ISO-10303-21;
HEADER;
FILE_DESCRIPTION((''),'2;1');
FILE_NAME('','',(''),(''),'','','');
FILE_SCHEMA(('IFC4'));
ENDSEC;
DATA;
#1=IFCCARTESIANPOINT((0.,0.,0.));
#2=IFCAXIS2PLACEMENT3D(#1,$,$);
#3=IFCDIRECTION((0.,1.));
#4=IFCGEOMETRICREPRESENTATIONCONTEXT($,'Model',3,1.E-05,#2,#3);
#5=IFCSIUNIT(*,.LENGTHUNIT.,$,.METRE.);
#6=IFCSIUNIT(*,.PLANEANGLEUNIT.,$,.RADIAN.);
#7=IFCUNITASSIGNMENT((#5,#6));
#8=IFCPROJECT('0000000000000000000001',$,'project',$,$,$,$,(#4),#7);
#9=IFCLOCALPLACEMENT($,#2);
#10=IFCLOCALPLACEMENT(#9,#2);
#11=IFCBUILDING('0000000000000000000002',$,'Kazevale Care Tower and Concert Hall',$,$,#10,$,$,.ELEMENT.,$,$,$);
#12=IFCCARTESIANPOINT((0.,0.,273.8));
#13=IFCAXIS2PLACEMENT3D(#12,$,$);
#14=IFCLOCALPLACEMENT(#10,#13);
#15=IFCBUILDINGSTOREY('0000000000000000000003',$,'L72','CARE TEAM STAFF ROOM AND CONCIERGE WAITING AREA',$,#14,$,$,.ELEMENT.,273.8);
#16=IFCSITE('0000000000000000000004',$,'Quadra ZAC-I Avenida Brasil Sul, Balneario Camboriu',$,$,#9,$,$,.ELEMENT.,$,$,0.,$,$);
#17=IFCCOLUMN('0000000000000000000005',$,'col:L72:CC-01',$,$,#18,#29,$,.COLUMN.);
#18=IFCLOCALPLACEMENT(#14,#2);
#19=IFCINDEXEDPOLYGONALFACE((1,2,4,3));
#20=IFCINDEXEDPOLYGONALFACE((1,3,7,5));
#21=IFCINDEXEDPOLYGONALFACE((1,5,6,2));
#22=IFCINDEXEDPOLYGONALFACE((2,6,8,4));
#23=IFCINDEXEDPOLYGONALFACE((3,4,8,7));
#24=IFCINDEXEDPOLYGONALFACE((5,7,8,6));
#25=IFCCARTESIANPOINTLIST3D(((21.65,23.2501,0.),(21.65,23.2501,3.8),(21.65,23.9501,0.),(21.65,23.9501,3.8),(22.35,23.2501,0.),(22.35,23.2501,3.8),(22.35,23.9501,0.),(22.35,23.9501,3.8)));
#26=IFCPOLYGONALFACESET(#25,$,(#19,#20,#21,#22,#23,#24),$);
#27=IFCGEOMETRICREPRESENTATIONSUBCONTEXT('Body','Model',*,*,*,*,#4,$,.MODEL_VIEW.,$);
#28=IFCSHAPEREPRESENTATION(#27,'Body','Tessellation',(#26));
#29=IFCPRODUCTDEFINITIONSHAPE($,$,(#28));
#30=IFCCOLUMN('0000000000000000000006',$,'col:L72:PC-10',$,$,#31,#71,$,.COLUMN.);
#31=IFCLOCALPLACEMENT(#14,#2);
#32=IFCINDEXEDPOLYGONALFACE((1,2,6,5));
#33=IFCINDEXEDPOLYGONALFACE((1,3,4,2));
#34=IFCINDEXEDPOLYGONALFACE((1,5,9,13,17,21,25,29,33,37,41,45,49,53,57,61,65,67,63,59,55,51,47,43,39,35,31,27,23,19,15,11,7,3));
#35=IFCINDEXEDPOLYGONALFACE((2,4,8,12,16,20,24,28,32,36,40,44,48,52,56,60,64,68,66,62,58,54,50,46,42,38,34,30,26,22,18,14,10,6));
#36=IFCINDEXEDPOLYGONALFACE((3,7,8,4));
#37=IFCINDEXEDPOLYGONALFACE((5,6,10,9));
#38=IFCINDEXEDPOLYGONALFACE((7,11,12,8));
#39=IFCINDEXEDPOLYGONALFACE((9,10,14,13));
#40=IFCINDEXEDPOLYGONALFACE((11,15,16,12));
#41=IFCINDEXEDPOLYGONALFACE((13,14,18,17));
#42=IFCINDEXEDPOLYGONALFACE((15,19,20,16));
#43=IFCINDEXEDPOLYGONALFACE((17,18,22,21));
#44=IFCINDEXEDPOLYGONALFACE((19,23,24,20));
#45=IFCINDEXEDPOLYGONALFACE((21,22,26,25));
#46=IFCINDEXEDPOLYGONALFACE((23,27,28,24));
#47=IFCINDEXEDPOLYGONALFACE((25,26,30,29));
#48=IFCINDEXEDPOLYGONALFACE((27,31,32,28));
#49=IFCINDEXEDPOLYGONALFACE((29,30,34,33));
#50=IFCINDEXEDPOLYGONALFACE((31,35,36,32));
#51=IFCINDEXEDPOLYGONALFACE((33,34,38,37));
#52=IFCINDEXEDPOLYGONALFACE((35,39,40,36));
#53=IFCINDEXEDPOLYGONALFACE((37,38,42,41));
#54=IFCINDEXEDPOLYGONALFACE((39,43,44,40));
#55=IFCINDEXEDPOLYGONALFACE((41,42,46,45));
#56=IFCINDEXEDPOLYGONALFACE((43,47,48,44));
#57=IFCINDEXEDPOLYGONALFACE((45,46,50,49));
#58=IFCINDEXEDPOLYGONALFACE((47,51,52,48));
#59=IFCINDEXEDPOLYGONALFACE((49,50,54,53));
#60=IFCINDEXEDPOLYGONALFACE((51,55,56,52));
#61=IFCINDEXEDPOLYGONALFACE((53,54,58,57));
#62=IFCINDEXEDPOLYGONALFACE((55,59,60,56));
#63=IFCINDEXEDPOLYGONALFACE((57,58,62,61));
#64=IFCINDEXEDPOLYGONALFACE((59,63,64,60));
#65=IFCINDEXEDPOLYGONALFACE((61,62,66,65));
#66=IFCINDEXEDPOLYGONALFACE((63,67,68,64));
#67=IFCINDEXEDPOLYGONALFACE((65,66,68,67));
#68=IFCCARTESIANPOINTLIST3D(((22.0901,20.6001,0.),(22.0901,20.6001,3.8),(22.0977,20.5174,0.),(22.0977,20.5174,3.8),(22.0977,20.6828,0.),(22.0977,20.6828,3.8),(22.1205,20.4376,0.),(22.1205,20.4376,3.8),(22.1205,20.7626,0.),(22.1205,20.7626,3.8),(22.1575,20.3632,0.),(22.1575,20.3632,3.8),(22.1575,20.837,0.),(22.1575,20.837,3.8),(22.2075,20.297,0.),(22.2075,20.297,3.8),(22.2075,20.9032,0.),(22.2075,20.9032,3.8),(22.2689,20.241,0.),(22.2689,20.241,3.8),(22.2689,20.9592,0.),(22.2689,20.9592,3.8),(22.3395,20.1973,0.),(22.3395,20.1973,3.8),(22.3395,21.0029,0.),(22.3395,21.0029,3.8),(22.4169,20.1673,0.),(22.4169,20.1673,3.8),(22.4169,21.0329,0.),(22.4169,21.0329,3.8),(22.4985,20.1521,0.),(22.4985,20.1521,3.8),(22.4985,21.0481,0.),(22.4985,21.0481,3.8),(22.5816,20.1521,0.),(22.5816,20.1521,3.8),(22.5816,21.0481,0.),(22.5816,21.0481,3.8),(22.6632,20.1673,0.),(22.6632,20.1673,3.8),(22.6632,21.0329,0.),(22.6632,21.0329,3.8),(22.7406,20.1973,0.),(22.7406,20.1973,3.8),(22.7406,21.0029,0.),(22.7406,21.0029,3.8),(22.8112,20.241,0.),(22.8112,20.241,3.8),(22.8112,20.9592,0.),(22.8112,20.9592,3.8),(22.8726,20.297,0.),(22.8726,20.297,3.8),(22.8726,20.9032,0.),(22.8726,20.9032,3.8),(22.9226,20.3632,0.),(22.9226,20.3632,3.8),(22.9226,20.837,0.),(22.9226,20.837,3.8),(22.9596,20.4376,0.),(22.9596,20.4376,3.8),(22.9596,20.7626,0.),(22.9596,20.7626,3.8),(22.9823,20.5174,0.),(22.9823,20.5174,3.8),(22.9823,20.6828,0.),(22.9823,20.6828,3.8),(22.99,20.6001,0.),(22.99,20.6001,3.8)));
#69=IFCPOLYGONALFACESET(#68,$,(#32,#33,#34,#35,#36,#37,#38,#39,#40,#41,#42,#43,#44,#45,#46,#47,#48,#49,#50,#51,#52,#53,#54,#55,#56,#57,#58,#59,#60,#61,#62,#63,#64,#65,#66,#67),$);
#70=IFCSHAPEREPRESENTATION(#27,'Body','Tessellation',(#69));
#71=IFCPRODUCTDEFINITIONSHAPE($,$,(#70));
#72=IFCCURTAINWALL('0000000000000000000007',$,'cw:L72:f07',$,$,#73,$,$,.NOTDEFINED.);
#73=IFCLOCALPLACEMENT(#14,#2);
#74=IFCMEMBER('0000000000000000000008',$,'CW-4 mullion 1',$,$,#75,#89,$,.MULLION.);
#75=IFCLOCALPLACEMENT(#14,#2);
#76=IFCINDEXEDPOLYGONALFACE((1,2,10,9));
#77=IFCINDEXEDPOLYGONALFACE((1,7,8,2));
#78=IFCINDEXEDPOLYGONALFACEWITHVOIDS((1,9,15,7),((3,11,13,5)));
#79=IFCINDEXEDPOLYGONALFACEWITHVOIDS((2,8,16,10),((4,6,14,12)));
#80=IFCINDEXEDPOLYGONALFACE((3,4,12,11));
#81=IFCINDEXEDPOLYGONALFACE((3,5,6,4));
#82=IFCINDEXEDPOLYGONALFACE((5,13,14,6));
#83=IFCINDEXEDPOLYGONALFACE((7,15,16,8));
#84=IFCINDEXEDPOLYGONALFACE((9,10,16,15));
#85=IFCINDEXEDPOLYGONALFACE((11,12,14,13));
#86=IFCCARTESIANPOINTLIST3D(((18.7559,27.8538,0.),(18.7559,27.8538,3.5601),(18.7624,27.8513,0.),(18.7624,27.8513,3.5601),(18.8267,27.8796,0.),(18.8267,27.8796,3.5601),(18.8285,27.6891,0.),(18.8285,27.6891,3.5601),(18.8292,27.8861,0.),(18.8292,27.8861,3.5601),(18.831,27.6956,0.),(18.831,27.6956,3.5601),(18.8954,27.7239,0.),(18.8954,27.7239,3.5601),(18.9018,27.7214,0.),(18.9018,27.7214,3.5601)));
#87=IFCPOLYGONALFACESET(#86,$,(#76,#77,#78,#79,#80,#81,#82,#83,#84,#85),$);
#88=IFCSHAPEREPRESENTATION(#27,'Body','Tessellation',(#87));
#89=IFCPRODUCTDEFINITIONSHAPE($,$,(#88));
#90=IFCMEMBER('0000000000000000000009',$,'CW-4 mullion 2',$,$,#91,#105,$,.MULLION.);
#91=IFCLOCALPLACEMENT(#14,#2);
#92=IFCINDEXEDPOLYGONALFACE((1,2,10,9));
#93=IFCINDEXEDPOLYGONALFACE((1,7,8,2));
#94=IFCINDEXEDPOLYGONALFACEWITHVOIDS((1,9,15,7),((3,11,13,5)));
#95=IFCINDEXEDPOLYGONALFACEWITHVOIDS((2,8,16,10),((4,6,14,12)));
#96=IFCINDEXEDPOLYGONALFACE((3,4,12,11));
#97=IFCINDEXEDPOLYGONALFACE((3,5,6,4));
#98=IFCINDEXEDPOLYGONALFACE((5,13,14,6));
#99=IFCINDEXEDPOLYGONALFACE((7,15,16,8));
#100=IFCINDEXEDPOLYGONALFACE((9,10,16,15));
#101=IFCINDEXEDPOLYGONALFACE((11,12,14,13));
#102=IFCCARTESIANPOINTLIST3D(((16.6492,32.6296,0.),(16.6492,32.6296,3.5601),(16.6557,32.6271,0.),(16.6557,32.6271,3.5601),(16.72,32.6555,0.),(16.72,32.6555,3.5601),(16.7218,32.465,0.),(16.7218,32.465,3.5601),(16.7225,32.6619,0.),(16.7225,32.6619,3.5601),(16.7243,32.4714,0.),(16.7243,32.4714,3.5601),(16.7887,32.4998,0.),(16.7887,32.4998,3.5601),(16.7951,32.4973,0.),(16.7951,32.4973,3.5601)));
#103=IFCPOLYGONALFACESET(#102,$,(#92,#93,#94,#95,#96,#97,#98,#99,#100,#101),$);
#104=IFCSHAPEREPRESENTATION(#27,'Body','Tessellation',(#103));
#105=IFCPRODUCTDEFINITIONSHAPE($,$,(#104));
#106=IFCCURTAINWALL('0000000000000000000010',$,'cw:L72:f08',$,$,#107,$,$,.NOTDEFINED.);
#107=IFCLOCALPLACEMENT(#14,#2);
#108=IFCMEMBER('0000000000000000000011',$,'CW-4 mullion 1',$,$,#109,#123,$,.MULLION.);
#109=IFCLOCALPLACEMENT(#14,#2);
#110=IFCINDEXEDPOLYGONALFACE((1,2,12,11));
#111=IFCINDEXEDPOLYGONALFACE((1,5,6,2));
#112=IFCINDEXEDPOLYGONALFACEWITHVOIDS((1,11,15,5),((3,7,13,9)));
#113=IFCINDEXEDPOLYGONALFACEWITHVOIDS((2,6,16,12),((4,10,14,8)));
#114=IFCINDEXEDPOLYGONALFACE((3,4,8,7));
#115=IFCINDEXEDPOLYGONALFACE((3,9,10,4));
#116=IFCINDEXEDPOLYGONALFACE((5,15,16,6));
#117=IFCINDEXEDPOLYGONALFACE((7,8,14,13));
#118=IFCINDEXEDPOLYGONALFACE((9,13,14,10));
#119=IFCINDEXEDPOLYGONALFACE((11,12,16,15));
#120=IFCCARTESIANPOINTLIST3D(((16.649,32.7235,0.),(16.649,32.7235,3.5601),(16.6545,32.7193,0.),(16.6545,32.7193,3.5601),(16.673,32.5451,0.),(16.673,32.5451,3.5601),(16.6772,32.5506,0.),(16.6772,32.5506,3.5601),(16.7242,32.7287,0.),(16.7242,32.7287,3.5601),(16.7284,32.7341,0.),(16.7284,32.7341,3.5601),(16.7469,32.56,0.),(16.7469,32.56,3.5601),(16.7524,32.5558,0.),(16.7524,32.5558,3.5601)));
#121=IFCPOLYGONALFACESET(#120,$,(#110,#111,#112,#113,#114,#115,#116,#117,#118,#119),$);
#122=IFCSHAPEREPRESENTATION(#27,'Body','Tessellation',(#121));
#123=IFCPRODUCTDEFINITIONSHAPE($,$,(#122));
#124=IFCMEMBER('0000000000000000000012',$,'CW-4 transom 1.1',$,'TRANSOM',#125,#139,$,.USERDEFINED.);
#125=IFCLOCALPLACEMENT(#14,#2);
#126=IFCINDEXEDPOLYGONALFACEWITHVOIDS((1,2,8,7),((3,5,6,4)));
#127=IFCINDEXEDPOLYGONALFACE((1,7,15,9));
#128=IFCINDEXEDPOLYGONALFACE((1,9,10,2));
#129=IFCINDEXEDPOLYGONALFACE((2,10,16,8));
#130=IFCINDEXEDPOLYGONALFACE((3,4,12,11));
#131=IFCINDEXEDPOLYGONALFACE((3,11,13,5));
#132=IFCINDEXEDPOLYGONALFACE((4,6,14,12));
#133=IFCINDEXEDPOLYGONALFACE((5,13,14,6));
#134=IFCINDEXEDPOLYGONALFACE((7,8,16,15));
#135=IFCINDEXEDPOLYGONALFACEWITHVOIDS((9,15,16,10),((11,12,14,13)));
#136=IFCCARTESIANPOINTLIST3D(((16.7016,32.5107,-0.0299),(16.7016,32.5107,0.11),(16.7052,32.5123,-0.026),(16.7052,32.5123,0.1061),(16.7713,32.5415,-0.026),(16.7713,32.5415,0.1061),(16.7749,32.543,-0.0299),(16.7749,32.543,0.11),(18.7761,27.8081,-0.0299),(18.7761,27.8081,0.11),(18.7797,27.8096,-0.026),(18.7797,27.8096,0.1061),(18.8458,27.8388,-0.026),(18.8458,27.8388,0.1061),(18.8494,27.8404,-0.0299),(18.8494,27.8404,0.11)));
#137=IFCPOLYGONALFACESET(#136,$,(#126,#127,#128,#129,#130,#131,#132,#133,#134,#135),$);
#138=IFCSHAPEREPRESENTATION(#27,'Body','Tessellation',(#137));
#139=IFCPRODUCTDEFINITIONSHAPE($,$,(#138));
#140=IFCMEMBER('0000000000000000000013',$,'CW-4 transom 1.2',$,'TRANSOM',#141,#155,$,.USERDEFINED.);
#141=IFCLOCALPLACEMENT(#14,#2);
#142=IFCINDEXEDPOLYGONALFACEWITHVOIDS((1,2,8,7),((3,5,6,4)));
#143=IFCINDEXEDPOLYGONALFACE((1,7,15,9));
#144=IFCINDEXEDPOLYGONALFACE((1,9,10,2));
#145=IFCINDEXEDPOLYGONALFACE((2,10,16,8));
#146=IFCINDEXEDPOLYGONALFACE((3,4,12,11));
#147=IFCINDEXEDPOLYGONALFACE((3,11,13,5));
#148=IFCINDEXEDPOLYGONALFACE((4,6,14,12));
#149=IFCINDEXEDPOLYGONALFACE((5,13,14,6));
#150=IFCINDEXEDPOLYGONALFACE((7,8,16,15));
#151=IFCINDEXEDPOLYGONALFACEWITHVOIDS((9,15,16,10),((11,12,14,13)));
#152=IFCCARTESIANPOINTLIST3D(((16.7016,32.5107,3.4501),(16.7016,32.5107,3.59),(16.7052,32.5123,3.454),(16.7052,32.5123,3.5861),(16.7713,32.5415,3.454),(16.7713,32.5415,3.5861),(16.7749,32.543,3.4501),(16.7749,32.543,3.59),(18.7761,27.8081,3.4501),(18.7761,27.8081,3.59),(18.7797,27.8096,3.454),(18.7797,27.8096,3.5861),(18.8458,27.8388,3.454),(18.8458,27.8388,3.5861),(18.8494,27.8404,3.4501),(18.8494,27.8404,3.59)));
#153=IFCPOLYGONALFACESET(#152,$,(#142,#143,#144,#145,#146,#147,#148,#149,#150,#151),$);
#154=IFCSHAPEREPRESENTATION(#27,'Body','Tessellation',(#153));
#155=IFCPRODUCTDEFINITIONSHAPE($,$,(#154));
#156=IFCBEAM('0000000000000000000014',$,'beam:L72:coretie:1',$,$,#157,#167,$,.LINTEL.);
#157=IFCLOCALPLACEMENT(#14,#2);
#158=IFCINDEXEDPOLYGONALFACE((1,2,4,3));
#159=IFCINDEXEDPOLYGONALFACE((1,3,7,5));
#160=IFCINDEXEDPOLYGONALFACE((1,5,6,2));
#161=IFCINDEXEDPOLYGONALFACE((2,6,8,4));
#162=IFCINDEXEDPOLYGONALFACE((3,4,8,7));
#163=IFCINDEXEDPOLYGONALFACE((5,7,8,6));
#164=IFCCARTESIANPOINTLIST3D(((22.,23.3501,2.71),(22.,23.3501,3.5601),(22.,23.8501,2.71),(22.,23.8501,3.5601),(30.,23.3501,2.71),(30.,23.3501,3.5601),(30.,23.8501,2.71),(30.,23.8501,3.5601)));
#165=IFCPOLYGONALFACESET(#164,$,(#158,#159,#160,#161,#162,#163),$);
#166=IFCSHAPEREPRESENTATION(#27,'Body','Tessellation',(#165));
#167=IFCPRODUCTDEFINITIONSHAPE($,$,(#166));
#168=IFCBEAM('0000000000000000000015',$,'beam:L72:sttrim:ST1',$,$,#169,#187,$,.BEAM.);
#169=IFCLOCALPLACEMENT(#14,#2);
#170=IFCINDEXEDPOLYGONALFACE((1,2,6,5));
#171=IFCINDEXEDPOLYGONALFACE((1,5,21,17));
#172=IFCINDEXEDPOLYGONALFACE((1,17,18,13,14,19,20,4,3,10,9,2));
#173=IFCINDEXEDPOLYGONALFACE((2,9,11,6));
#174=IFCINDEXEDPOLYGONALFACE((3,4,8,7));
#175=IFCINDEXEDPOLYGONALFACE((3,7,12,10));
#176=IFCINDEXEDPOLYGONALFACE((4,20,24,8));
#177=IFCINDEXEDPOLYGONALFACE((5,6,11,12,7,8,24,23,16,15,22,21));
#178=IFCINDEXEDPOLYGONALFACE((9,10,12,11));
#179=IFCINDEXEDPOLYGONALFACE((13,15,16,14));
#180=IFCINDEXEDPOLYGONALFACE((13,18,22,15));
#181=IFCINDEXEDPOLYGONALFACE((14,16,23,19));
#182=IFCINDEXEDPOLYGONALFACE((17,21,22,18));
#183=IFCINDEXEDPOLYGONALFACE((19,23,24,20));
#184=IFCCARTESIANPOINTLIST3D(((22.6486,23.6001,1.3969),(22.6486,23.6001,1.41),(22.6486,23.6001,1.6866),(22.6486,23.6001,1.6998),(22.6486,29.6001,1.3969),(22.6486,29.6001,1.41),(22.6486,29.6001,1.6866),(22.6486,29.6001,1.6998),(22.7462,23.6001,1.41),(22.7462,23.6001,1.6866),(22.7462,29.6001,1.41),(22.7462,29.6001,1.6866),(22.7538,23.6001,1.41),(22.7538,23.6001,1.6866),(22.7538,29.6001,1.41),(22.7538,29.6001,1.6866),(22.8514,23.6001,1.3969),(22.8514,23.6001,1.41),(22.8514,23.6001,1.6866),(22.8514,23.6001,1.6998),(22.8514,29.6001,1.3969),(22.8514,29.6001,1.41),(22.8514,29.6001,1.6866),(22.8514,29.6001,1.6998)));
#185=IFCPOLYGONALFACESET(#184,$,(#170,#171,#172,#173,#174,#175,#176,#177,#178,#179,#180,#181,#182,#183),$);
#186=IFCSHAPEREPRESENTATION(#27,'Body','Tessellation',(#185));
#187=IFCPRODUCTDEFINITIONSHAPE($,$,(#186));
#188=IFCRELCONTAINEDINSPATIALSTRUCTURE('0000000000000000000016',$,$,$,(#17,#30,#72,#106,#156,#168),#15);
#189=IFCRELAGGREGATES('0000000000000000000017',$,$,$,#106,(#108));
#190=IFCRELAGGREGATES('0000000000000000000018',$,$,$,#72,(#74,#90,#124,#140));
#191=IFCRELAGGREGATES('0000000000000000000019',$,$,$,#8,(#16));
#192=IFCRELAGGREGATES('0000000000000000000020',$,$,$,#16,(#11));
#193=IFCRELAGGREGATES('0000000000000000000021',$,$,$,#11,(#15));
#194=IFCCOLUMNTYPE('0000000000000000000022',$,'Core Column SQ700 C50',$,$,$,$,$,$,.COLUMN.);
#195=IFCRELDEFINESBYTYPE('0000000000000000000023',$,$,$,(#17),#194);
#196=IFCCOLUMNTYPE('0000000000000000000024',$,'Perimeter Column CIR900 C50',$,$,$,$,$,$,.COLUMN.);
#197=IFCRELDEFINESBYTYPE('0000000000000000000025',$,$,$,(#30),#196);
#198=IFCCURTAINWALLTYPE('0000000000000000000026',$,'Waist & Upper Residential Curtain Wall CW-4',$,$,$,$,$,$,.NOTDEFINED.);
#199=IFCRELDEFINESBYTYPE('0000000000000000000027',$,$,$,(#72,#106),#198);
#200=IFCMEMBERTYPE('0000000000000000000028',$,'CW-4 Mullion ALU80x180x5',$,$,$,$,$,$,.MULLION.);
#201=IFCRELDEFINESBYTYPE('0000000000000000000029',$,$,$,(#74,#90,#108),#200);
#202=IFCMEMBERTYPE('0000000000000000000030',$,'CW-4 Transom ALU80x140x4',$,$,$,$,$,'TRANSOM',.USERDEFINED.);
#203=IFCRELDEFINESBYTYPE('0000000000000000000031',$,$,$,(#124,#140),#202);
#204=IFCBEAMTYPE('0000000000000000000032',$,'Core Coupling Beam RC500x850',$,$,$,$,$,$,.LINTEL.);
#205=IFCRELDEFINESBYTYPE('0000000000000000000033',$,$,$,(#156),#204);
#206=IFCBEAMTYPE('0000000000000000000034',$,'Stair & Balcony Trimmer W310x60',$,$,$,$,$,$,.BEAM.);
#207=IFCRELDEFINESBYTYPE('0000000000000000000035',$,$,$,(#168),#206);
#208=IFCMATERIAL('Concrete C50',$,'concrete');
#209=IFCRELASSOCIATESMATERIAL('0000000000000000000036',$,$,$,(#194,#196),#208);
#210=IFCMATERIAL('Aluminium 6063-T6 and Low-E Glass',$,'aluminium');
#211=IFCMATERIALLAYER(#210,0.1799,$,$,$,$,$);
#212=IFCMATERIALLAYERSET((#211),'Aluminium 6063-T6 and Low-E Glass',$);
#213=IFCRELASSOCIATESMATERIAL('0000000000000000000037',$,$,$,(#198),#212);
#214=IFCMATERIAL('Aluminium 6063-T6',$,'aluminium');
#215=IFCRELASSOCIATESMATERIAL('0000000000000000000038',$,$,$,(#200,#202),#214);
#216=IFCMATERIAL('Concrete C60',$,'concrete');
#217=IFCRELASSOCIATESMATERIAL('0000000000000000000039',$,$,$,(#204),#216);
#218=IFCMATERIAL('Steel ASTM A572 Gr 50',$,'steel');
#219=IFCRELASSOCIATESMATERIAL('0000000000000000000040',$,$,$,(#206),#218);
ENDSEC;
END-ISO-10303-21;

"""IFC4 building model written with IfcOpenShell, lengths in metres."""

from ifc_helpers import new_model, si_unit, direction, frame, origin, origin_2d, place, context, subcontext, project, spatial, rectangle, hollow_rectangle, circle, i_section, extrude, material, layer, layer_set, material_profile, profile_set, type_object, element, aggregate, save


model = new_model("IFC4")

# Units and contexts
model_context = context("Model", 3, precision=1e-05, world=origin(), true_north=direction((0.0, 1.0)))
body_context = subcontext(model_context, "Body", "Model", "MODEL_VIEW")
ifc_project = project(units=[si_unit("LENGTHUNIT", "METRE"), si_unit("PLANEANGLEUNIT", "RADIAN")], contexts=[model_context])

# Site, building, storey
site_placement = place(None, origin())
site = spatial("IfcSite", under=ifc_project, at=site_placement, Name="Quadra ZAC-I Avenida Brasil Sul, Balneario Camboriu", CompositionType="ELEMENT", RefElevation=0.0)
building_placement = place(site_placement, origin())
building = spatial("IfcBuilding", under=site, at=building_placement, Name="Kazevale Care Tower and Concert Hall", CompositionType="ELEMENT")
storey_placement = place(building_placement, frame((0.0, 0.0, 273.8)))
storey = spatial("IfcBuildingStorey", under=building, at=storey_placement, Name="L72", Description="CARE TEAM STAFF ROOM AND CONCIERGE WAITING AREA", CompositionType="ELEMENT", Elevation=273.8)

# Columns
ifc_material_1 = material(Name="Concrete C50", Category="concrete")
ifc_material_profile_1 = material_profile(ifc_material_1, rectangle(XDim=0.7, YDim=0.7, at=origin_2d()), Name="RC-SQ700")
ifc_profile_set_1 = profile_set([ifc_material_profile_1], Name="Concrete C50")
column_type_1 = type_object("IfcColumnType", Name="Core Column SQ700 C50", PredefinedType="COLUMN", material=ifc_profile_set_1)
column_1_placement = place(storey_placement, frame((22.0, 23.6001, 0.0), z_axis=(0.0, 0.0, 1.0), x_axis=(1.0, 0.0, 0.0)))
element("IfcColumn", 1, at=column_1_placement, inside=storey, type_object=column_type_1, Name="col:L72:CC-01", PredefinedType="COLUMN", context=body_context, shape_type="SweptSolid", body=[
    extrude(rectangle(XDim=0.7, YDim=0.7, at=origin_2d()), origin(), (0.0, 0.0, 1.0), 3.8),
])
ifc_material_profile_2 = material_profile(ifc_material_1, circle(Radius=0.45, at=origin_2d()), Name="RC-CIR900")
ifc_profile_set_2 = profile_set([ifc_material_profile_2], Name="Concrete C50")
column_type_2 = type_object("IfcColumnType", Name="Perimeter Column CIR900 C50", PredefinedType="COLUMN", material=ifc_profile_set_2)
column_2_placement = place(storey_placement, frame((22.54, 20.6001, 0.0), z_axis=(0.0, 0.0, 1.0), x_axis=(1.0, 0.0, 0.0)))
element("IfcColumn", 2, at=column_2_placement, inside=storey, type_object=column_type_2, Name="col:L72:PC-10", PredefinedType="COLUMN", context=body_context, shape_type="SweptSolid", body=[
    extrude(circle(Radius=0.45, at=origin_2d()), origin(), (0.0, 0.0, 1.0), 3.8),
])

# Curtain wall, members
ifc_material_2 = material(Name="Aluminium 6063-T6 and Low-E Glass", Category="aluminium")
ifc_layer_1 = layer(ifc_material_2, 0.1799)
ifc_layer_set_1 = layer_set([ifc_layer_1], Name="Aluminium 6063-T6 and Low-E Glass")
curtain_wall_type = type_object("IfcCurtainWallType", Name="Waist & Upper Residential Curtain Wall CW-4", PredefinedType="NOTDEFINED", material=ifc_layer_set_1)
curtain_wall_1_placement = place(storey_placement, origin())
curtain_wall_1 = element("IfcCurtainWall", 3, at=curtain_wall_1_placement, inside=storey, type_object=curtain_wall_type, Name="cw:L72:f07", PredefinedType="NOTDEFINED")
ifc_material_3 = material(Name="Aluminium 6063-T6", Category="aluminium")
ifc_material_profile_3 = material_profile(ifc_material_3, hollow_rectangle(XDim=0.0801, YDim=0.1799, WallThickness=0.0049, at=origin_2d()), Name="ALU80x180x5")
ifc_profile_set_3 = profile_set([ifc_material_profile_3], Name="Aluminium 6063-T6")
member_type_1 = type_object("IfcMemberType", Name="CW-4 Mullion ALU80x180x5", PredefinedType="MULLION", material=ifc_profile_set_3)
member_1_placement = place(storey_placement, frame((18.8289, 27.7876, 0.0), z_axis=(0.0, 0.0, 1.0), x_axis=(-0.914936, -0.403598, 0.0)))
member_1 = element("IfcMember", 4, at=member_1_placement, type_object=member_type_1, Name="CW-4 mullion 1", PredefinedType="MULLION", context=body_context, shape_type="SweptSolid", body=[
    extrude(hollow_rectangle(XDim=0.0801, YDim=0.1799, WallThickness=0.0049, at=origin_2d()), origin(), (0.0, 0.0, 1.0), 3.5601),
])
member_2_placement = place(storey_placement, frame((16.7222, 32.5635, 0.0), z_axis=(0.0, 0.0, 1.0), x_axis=(-0.914936, -0.403598, 0.0)))
member_2 = element("IfcMember", 5, at=member_2_placement, type_object=member_type_1, Name="CW-4 mullion 2", PredefinedType="MULLION", context=body_context, shape_type="SweptSolid", body=[
    extrude(hollow_rectangle(XDim=0.0801, YDim=0.1799, WallThickness=0.0049, at=origin_2d()), origin(), (0.0, 0.0, 1.0), 3.5601),
])

# Curtain wall, member
curtain_wall_2_placement = place(storey_placement, origin())
curtain_wall_2 = element("IfcCurtainWall", 6, at=curtain_wall_2_placement, inside=storey, type_object=curtain_wall_type, Name="cw:L72:f08", PredefinedType="NOTDEFINED")
member_3_placement = place(storey_placement, frame((16.7007, 32.6396, 0.0), z_axis=(0.0, 0.0, 1.0), x_axis=(-0.991083, -0.133246, 0.0)))
member_3 = element("IfcMember", 7, at=member_3_placement, type_object=member_type_1, Name="CW-4 mullion 1", PredefinedType="MULLION", context=body_context, shape_type="SweptSolid", body=[
    extrude(hollow_rectangle(XDim=0.0801, YDim=0.1799, WallThickness=0.0049, at=origin_2d()), origin(), (0.0, 0.0, 1.0), 3.5601),
])
aggregate(curtain_wall_2, [member_3])

# Members
ifc_material_profile_4 = material_profile(ifc_material_3, hollow_rectangle(XDim=0.0801, YDim=0.1399, WallThickness=0.0039, at=origin_2d()), Name="ALU80x140x4")
ifc_profile_set_4 = profile_set([ifc_material_profile_4], Name="Aluminium 6063-T6")
member_type_2 = type_object("IfcMemberType", Name="CW-4 Transom ALU80x140x4", ElementType="TRANSOM", PredefinedType="USERDEFINED", material=ifc_profile_set_4)
member_4_placement = place(storey_placement, frame((18.8127, 27.8242, 0.04), z_axis=(-0.403603, 0.914934, 0.0), x_axis=(-0.914934, -0.403603, 0.0)))
member_4 = element("IfcMember", 8, at=member_4_placement, type_object=member_type_2, Name="CW-4 transom 1.1", ObjectType="TRANSOM", PredefinedType="USERDEFINED", context=body_context, shape_type="SweptSolid", body=[
    extrude(hollow_rectangle(XDim=0.0801, YDim=0.1399, WallThickness=0.0039, at=origin_2d()), origin(), (0.0, 0.0, 1.0), 5.1399),
])
member_5_placement = place(storey_placement, frame((18.8127, 27.8242, 3.52), z_axis=(-0.403603, 0.914934, 0.0), x_axis=(-0.914934, -0.403603, 0.0)))
member_5 = element("IfcMember", 9, at=member_5_placement, type_object=member_type_2, Name="CW-4 transom 1.2", ObjectType="TRANSOM", PredefinedType="USERDEFINED", context=body_context, shape_type="SweptSolid", body=[
    extrude(hollow_rectangle(XDim=0.0801, YDim=0.1399, WallThickness=0.0039, at=origin_2d()), origin(), (0.0, 0.0, 1.0), 5.1399),
])

# Beams
ifc_material_4 = material(Name="Concrete C60", Category="concrete")
ifc_material_profile_5 = material_profile(ifc_material_4, rectangle(XDim=0.5, YDim=0.8501, at=origin_2d()), Name="RC-B500x850")
ifc_profile_set_5 = profile_set([ifc_material_profile_5], Name="Concrete C60")
beam_type_1 = type_object("IfcBeamType", Name="Core Coupling Beam RC500x850", PredefinedType="LINTEL", material=ifc_profile_set_5)
beam_1_placement = place(storey_placement, frame((22.0, 23.6001, 3.135), z_axis=(1.0, 0.0, 0.0), x_axis=(0.0, 1.0, 0.0)))
element("IfcBeam", 10, at=beam_1_placement, inside=storey, type_object=beam_type_1, Name="beam:L72:coretie:1", PredefinedType="LINTEL", context=body_context, shape_type="SweptSolid", body=[
    extrude(rectangle(XDim=0.5, YDim=0.8501, at=origin_2d()), origin(), (0.0, 0.0, 1.0), 8.0),
])
ifc_material_5 = material(Name="Steel ASTM A572 Gr 50", Category="steel")
ifc_material_profile_6 = material_profile(ifc_material_5, i_section(OverallWidth=0.2029, OverallDepth=0.303, WebThickness=0.0076, FlangeThickness=0.0132, at=origin_2d()), Name="W310x60")
ifc_profile_set_6 = profile_set([ifc_material_profile_6], Name="Steel ASTM A572 Gr 50")
beam_type_2 = type_object("IfcBeamType", Name="Stair & Balcony Trimmer W310x60", PredefinedType="BEAM", material=ifc_profile_set_6)
for number, where, z_axis, x_axis, name in (
    (11, (22.75, 23.6001, 1.5483), (0.0, 1.0, 0.0), (-1.0, 0.0, 0.0), "beam:L72:sttrim:ST1"),
):
    element("IfcBeam", number, at=place(storey_placement, frame(where, z_axis=z_axis, x_axis=x_axis)), inside=storey, type_object=beam_type_2, Name=name, PredefinedType="BEAM", context=body_context, shape_type="SweptSolid", body=[
        extrude(i_section(OverallWidth=0.2029, OverallDepth=0.303, WebThickness=0.0076, FlangeThickness=0.0132, at=origin_2d()), origin(), (0.0, 0.0, 1.0), 6.0),
    ])

aggregate(curtain_wall_1, [member_1, member_2, member_4, member_5])

save(model, "model.ifc")
